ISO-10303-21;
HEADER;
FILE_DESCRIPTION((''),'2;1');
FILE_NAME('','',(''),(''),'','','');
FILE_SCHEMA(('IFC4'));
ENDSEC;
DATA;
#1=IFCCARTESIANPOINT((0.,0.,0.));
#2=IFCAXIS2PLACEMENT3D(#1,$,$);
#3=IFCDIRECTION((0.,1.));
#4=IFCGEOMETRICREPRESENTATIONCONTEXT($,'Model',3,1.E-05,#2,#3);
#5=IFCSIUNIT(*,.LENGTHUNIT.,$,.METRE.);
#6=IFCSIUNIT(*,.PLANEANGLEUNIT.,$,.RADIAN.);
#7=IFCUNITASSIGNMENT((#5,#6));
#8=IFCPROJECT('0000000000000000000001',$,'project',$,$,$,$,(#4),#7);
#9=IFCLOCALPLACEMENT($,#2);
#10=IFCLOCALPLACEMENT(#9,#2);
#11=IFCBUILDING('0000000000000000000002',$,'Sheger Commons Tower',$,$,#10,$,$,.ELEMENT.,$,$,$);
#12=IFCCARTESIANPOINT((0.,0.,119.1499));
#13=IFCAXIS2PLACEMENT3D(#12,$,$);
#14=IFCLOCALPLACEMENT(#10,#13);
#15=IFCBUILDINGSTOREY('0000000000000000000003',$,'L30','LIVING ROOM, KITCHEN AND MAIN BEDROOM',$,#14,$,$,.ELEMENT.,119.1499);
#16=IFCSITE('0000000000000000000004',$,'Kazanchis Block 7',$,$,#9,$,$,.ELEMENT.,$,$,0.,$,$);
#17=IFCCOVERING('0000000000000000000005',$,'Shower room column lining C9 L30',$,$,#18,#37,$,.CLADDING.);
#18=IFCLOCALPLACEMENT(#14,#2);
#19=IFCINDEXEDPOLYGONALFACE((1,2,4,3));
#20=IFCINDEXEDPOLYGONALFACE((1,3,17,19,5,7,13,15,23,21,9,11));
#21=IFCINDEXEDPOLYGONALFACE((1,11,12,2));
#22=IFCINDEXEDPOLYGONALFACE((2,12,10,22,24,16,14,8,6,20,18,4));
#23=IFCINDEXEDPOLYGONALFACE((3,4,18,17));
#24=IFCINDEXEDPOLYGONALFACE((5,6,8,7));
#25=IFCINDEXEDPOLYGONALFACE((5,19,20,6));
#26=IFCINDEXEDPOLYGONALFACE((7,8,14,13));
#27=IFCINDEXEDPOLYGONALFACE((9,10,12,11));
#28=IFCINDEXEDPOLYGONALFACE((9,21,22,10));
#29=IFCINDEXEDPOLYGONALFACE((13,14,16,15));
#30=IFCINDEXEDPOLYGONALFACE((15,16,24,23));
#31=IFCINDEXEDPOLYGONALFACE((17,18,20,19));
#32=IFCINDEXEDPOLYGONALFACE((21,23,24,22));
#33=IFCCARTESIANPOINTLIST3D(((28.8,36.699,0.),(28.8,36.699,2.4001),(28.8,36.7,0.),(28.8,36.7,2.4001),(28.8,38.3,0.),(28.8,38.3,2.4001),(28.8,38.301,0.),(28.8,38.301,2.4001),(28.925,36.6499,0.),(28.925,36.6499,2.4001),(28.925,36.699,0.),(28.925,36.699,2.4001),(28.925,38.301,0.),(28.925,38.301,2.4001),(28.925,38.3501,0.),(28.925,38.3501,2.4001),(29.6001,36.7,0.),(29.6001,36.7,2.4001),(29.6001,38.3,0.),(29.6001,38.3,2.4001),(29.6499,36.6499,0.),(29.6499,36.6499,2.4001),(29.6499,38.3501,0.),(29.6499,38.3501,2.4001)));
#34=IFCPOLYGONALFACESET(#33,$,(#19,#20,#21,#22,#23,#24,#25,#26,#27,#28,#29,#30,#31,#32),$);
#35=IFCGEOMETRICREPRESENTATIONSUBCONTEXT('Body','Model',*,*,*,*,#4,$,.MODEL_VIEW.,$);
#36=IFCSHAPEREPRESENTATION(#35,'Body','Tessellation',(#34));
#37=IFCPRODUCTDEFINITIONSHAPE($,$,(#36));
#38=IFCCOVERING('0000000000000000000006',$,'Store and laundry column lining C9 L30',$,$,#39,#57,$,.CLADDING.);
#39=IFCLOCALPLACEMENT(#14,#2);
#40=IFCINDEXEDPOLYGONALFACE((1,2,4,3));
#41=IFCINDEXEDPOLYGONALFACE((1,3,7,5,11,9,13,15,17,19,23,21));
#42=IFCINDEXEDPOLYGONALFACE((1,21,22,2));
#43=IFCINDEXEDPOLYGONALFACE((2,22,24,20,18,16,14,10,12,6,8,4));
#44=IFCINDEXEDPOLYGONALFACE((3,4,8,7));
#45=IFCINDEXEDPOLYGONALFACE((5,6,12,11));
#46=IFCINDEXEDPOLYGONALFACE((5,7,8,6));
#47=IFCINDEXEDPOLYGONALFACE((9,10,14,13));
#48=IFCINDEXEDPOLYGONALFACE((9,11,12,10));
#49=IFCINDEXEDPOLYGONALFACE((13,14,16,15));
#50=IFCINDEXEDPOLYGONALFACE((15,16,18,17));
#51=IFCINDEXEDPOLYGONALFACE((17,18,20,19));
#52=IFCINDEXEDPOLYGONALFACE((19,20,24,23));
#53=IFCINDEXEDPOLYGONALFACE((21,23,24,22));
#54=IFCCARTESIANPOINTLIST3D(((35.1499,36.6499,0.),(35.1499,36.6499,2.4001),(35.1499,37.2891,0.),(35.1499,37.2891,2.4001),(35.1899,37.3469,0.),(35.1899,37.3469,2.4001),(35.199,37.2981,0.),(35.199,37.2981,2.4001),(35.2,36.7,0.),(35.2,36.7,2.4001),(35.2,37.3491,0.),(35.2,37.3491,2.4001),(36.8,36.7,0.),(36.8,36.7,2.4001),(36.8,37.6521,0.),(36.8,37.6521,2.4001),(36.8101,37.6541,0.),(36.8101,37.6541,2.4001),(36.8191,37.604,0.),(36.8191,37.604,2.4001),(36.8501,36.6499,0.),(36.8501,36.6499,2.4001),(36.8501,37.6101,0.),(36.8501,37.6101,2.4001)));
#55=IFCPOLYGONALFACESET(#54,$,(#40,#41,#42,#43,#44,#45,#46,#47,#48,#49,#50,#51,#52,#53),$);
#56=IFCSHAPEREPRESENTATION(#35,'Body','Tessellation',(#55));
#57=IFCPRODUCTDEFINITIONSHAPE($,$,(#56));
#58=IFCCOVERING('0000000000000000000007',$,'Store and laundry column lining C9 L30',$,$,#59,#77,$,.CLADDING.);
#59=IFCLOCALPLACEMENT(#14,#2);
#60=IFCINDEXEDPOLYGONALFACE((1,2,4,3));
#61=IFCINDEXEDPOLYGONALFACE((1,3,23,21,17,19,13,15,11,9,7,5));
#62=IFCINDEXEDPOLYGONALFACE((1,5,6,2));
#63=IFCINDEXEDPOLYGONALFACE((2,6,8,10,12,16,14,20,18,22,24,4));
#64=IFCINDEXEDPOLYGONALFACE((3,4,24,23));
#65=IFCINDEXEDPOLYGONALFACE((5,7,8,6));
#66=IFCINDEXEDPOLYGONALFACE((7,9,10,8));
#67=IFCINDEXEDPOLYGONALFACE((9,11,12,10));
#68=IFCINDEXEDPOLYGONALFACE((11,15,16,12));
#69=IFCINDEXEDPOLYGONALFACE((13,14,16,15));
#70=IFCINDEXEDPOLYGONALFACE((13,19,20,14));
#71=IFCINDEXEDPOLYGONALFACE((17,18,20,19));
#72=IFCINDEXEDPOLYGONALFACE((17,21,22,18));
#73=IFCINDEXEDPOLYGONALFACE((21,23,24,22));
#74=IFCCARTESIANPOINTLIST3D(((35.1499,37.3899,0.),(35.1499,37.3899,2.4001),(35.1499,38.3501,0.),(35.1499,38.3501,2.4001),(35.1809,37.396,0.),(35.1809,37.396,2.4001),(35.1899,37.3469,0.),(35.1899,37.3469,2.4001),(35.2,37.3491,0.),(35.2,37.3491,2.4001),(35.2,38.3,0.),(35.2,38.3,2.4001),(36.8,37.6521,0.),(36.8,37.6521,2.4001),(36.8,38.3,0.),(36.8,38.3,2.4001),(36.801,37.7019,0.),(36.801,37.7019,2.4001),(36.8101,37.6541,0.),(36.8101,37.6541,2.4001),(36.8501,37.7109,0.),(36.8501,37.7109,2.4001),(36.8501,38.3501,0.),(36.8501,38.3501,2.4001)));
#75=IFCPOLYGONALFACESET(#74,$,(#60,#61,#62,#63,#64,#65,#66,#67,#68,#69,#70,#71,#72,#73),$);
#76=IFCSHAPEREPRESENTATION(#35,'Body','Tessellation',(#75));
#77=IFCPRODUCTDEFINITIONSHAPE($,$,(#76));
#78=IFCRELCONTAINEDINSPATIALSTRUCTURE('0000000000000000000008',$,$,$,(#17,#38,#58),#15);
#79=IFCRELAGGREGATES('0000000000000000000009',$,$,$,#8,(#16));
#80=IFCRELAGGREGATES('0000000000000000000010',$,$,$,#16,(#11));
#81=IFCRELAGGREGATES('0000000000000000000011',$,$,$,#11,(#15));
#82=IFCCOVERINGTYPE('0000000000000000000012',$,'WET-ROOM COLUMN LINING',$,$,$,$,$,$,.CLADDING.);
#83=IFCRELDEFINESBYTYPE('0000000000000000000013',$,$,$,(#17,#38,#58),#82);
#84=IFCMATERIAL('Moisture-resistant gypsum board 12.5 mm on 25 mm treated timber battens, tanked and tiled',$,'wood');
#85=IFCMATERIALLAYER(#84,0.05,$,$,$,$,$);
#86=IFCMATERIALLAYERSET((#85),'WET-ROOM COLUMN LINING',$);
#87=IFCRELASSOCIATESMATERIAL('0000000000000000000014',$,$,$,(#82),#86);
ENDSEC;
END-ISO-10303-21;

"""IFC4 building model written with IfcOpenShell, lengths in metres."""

from ifc_helpers import new_model, si_unit, direction, frame, origin, place, context, subcontext, project, spatial, polyline, outline, extrude, material, layer, layer_set, type_object, element, save


model = new_model("IFC4")

# Units and contexts
model_context = context("Model", 3, precision=1e-05, world=origin(), true_north=direction((0.0, 1.0)))
body_context = subcontext(model_context, "Body", "Model", "MODEL_VIEW")
ifc_project = project(units=[si_unit("LENGTHUNIT", "METRE"), si_unit("PLANEANGLEUNIT", "RADIAN")], contexts=[model_context])

# Site, building, storey
site_placement = place(None, origin())
site = spatial("IfcSite", under=ifc_project, at=site_placement, Name="Kazanchis Block 7", CompositionType="ELEMENT", RefElevation=0.0)
building_placement = place(site_placement, origin())
building = spatial("IfcBuilding", under=site, at=building_placement, Name="Sheger Commons Tower", CompositionType="ELEMENT")
storey_placement = place(building_placement, frame((0.0, 0.0, 119.1499)))
storey = spatial("IfcBuildingStorey", under=building, at=storey_placement, Name="L30", Description="LIVING ROOM, KITCHEN AND MAIN BEDROOM", CompositionType="ELEMENT", Elevation=119.1499)

# Coverings
ifc_material_1 = material(Name="Moisture-resistant gypsum board 12.5 mm on 25 mm treated timber battens, tanked and tiled", Category="wood")
ifc_layer_1 = layer(ifc_material_1, 0.05)
ifc_layer_set_1 = layer_set([ifc_layer_1], Name="WET-ROOM COLUMN LINING")
covering_type_1 = type_object("IfcCoveringType", Name="WET-ROOM COLUMN LINING", PredefinedType="CLADDING", material=ifc_layer_set_1)
covering_1_placement = place(storey_placement, origin())
element("IfcCovering", 1, at=covering_1_placement, inside=storey, type_object=covering_type_1, Name="Shower room column lining C9 L30", PredefinedType="CLADDING", context=body_context, shape_type="SweptSolid", body=[
    extrude(outline(polyline([(29.6499, 36.6499), (28.925, 36.6499), (28.925, 36.699), (28.8, 36.699), (28.8, 36.7), (29.6001, 36.7), (29.6001, 38.3), (28.8, 38.3), (28.8, 38.301), (28.925, 38.301), (28.925, 38.3501), (29.6499, 38.3501), (29.6499, 36.6499)])), origin(), (0.0, 0.0, 1.0), 2.4001),
])
covering_2_placement = place(storey_placement, origin())
element("IfcCovering", 2, at=covering_2_placement, inside=storey, type_object=covering_type_1, Name="Store and laundry column lining C9 L30", PredefinedType="CLADDING", context=body_context, shape_type="SweptSolid", body=[
    extrude(outline(polyline([(35.2, 37.3491), (35.2, 36.7), (36.8, 36.7), (36.8, 37.6521), (36.8101, 37.6541), (36.8191, 37.604), (36.8501, 37.6101), (36.8501, 36.6499), (35.1499, 36.6499), (35.1499, 37.2891), (35.199, 37.2981), (35.1899, 37.3469), (35.2, 37.3491)])), origin(), (0.0, 0.0, 1.0), 2.4001),
])
covering_3_placement = place(storey_placement, origin())
element("IfcCovering", 3, at=covering_3_placement, inside=storey, type_object=covering_type_1, Name="Store and laundry column lining C9 L30", PredefinedType="CLADDING", context=body_context, shape_type="SweptSolid", body=[
    extrude(outline(polyline([(36.8501, 38.3501), (36.8501, 37.7109), (36.801, 37.7019), (36.8101, 37.6541), (36.8, 37.6521), (36.8, 38.3), (35.2, 38.3), (35.2, 37.3491), (35.1899, 37.3469), (35.1809, 37.396), (35.1499, 37.3899), (35.1499, 38.3501), (36.8501, 38.3501)])), origin(), (0.0, 0.0, 1.0), 2.4001),
])

save(model, "model.ifc")
